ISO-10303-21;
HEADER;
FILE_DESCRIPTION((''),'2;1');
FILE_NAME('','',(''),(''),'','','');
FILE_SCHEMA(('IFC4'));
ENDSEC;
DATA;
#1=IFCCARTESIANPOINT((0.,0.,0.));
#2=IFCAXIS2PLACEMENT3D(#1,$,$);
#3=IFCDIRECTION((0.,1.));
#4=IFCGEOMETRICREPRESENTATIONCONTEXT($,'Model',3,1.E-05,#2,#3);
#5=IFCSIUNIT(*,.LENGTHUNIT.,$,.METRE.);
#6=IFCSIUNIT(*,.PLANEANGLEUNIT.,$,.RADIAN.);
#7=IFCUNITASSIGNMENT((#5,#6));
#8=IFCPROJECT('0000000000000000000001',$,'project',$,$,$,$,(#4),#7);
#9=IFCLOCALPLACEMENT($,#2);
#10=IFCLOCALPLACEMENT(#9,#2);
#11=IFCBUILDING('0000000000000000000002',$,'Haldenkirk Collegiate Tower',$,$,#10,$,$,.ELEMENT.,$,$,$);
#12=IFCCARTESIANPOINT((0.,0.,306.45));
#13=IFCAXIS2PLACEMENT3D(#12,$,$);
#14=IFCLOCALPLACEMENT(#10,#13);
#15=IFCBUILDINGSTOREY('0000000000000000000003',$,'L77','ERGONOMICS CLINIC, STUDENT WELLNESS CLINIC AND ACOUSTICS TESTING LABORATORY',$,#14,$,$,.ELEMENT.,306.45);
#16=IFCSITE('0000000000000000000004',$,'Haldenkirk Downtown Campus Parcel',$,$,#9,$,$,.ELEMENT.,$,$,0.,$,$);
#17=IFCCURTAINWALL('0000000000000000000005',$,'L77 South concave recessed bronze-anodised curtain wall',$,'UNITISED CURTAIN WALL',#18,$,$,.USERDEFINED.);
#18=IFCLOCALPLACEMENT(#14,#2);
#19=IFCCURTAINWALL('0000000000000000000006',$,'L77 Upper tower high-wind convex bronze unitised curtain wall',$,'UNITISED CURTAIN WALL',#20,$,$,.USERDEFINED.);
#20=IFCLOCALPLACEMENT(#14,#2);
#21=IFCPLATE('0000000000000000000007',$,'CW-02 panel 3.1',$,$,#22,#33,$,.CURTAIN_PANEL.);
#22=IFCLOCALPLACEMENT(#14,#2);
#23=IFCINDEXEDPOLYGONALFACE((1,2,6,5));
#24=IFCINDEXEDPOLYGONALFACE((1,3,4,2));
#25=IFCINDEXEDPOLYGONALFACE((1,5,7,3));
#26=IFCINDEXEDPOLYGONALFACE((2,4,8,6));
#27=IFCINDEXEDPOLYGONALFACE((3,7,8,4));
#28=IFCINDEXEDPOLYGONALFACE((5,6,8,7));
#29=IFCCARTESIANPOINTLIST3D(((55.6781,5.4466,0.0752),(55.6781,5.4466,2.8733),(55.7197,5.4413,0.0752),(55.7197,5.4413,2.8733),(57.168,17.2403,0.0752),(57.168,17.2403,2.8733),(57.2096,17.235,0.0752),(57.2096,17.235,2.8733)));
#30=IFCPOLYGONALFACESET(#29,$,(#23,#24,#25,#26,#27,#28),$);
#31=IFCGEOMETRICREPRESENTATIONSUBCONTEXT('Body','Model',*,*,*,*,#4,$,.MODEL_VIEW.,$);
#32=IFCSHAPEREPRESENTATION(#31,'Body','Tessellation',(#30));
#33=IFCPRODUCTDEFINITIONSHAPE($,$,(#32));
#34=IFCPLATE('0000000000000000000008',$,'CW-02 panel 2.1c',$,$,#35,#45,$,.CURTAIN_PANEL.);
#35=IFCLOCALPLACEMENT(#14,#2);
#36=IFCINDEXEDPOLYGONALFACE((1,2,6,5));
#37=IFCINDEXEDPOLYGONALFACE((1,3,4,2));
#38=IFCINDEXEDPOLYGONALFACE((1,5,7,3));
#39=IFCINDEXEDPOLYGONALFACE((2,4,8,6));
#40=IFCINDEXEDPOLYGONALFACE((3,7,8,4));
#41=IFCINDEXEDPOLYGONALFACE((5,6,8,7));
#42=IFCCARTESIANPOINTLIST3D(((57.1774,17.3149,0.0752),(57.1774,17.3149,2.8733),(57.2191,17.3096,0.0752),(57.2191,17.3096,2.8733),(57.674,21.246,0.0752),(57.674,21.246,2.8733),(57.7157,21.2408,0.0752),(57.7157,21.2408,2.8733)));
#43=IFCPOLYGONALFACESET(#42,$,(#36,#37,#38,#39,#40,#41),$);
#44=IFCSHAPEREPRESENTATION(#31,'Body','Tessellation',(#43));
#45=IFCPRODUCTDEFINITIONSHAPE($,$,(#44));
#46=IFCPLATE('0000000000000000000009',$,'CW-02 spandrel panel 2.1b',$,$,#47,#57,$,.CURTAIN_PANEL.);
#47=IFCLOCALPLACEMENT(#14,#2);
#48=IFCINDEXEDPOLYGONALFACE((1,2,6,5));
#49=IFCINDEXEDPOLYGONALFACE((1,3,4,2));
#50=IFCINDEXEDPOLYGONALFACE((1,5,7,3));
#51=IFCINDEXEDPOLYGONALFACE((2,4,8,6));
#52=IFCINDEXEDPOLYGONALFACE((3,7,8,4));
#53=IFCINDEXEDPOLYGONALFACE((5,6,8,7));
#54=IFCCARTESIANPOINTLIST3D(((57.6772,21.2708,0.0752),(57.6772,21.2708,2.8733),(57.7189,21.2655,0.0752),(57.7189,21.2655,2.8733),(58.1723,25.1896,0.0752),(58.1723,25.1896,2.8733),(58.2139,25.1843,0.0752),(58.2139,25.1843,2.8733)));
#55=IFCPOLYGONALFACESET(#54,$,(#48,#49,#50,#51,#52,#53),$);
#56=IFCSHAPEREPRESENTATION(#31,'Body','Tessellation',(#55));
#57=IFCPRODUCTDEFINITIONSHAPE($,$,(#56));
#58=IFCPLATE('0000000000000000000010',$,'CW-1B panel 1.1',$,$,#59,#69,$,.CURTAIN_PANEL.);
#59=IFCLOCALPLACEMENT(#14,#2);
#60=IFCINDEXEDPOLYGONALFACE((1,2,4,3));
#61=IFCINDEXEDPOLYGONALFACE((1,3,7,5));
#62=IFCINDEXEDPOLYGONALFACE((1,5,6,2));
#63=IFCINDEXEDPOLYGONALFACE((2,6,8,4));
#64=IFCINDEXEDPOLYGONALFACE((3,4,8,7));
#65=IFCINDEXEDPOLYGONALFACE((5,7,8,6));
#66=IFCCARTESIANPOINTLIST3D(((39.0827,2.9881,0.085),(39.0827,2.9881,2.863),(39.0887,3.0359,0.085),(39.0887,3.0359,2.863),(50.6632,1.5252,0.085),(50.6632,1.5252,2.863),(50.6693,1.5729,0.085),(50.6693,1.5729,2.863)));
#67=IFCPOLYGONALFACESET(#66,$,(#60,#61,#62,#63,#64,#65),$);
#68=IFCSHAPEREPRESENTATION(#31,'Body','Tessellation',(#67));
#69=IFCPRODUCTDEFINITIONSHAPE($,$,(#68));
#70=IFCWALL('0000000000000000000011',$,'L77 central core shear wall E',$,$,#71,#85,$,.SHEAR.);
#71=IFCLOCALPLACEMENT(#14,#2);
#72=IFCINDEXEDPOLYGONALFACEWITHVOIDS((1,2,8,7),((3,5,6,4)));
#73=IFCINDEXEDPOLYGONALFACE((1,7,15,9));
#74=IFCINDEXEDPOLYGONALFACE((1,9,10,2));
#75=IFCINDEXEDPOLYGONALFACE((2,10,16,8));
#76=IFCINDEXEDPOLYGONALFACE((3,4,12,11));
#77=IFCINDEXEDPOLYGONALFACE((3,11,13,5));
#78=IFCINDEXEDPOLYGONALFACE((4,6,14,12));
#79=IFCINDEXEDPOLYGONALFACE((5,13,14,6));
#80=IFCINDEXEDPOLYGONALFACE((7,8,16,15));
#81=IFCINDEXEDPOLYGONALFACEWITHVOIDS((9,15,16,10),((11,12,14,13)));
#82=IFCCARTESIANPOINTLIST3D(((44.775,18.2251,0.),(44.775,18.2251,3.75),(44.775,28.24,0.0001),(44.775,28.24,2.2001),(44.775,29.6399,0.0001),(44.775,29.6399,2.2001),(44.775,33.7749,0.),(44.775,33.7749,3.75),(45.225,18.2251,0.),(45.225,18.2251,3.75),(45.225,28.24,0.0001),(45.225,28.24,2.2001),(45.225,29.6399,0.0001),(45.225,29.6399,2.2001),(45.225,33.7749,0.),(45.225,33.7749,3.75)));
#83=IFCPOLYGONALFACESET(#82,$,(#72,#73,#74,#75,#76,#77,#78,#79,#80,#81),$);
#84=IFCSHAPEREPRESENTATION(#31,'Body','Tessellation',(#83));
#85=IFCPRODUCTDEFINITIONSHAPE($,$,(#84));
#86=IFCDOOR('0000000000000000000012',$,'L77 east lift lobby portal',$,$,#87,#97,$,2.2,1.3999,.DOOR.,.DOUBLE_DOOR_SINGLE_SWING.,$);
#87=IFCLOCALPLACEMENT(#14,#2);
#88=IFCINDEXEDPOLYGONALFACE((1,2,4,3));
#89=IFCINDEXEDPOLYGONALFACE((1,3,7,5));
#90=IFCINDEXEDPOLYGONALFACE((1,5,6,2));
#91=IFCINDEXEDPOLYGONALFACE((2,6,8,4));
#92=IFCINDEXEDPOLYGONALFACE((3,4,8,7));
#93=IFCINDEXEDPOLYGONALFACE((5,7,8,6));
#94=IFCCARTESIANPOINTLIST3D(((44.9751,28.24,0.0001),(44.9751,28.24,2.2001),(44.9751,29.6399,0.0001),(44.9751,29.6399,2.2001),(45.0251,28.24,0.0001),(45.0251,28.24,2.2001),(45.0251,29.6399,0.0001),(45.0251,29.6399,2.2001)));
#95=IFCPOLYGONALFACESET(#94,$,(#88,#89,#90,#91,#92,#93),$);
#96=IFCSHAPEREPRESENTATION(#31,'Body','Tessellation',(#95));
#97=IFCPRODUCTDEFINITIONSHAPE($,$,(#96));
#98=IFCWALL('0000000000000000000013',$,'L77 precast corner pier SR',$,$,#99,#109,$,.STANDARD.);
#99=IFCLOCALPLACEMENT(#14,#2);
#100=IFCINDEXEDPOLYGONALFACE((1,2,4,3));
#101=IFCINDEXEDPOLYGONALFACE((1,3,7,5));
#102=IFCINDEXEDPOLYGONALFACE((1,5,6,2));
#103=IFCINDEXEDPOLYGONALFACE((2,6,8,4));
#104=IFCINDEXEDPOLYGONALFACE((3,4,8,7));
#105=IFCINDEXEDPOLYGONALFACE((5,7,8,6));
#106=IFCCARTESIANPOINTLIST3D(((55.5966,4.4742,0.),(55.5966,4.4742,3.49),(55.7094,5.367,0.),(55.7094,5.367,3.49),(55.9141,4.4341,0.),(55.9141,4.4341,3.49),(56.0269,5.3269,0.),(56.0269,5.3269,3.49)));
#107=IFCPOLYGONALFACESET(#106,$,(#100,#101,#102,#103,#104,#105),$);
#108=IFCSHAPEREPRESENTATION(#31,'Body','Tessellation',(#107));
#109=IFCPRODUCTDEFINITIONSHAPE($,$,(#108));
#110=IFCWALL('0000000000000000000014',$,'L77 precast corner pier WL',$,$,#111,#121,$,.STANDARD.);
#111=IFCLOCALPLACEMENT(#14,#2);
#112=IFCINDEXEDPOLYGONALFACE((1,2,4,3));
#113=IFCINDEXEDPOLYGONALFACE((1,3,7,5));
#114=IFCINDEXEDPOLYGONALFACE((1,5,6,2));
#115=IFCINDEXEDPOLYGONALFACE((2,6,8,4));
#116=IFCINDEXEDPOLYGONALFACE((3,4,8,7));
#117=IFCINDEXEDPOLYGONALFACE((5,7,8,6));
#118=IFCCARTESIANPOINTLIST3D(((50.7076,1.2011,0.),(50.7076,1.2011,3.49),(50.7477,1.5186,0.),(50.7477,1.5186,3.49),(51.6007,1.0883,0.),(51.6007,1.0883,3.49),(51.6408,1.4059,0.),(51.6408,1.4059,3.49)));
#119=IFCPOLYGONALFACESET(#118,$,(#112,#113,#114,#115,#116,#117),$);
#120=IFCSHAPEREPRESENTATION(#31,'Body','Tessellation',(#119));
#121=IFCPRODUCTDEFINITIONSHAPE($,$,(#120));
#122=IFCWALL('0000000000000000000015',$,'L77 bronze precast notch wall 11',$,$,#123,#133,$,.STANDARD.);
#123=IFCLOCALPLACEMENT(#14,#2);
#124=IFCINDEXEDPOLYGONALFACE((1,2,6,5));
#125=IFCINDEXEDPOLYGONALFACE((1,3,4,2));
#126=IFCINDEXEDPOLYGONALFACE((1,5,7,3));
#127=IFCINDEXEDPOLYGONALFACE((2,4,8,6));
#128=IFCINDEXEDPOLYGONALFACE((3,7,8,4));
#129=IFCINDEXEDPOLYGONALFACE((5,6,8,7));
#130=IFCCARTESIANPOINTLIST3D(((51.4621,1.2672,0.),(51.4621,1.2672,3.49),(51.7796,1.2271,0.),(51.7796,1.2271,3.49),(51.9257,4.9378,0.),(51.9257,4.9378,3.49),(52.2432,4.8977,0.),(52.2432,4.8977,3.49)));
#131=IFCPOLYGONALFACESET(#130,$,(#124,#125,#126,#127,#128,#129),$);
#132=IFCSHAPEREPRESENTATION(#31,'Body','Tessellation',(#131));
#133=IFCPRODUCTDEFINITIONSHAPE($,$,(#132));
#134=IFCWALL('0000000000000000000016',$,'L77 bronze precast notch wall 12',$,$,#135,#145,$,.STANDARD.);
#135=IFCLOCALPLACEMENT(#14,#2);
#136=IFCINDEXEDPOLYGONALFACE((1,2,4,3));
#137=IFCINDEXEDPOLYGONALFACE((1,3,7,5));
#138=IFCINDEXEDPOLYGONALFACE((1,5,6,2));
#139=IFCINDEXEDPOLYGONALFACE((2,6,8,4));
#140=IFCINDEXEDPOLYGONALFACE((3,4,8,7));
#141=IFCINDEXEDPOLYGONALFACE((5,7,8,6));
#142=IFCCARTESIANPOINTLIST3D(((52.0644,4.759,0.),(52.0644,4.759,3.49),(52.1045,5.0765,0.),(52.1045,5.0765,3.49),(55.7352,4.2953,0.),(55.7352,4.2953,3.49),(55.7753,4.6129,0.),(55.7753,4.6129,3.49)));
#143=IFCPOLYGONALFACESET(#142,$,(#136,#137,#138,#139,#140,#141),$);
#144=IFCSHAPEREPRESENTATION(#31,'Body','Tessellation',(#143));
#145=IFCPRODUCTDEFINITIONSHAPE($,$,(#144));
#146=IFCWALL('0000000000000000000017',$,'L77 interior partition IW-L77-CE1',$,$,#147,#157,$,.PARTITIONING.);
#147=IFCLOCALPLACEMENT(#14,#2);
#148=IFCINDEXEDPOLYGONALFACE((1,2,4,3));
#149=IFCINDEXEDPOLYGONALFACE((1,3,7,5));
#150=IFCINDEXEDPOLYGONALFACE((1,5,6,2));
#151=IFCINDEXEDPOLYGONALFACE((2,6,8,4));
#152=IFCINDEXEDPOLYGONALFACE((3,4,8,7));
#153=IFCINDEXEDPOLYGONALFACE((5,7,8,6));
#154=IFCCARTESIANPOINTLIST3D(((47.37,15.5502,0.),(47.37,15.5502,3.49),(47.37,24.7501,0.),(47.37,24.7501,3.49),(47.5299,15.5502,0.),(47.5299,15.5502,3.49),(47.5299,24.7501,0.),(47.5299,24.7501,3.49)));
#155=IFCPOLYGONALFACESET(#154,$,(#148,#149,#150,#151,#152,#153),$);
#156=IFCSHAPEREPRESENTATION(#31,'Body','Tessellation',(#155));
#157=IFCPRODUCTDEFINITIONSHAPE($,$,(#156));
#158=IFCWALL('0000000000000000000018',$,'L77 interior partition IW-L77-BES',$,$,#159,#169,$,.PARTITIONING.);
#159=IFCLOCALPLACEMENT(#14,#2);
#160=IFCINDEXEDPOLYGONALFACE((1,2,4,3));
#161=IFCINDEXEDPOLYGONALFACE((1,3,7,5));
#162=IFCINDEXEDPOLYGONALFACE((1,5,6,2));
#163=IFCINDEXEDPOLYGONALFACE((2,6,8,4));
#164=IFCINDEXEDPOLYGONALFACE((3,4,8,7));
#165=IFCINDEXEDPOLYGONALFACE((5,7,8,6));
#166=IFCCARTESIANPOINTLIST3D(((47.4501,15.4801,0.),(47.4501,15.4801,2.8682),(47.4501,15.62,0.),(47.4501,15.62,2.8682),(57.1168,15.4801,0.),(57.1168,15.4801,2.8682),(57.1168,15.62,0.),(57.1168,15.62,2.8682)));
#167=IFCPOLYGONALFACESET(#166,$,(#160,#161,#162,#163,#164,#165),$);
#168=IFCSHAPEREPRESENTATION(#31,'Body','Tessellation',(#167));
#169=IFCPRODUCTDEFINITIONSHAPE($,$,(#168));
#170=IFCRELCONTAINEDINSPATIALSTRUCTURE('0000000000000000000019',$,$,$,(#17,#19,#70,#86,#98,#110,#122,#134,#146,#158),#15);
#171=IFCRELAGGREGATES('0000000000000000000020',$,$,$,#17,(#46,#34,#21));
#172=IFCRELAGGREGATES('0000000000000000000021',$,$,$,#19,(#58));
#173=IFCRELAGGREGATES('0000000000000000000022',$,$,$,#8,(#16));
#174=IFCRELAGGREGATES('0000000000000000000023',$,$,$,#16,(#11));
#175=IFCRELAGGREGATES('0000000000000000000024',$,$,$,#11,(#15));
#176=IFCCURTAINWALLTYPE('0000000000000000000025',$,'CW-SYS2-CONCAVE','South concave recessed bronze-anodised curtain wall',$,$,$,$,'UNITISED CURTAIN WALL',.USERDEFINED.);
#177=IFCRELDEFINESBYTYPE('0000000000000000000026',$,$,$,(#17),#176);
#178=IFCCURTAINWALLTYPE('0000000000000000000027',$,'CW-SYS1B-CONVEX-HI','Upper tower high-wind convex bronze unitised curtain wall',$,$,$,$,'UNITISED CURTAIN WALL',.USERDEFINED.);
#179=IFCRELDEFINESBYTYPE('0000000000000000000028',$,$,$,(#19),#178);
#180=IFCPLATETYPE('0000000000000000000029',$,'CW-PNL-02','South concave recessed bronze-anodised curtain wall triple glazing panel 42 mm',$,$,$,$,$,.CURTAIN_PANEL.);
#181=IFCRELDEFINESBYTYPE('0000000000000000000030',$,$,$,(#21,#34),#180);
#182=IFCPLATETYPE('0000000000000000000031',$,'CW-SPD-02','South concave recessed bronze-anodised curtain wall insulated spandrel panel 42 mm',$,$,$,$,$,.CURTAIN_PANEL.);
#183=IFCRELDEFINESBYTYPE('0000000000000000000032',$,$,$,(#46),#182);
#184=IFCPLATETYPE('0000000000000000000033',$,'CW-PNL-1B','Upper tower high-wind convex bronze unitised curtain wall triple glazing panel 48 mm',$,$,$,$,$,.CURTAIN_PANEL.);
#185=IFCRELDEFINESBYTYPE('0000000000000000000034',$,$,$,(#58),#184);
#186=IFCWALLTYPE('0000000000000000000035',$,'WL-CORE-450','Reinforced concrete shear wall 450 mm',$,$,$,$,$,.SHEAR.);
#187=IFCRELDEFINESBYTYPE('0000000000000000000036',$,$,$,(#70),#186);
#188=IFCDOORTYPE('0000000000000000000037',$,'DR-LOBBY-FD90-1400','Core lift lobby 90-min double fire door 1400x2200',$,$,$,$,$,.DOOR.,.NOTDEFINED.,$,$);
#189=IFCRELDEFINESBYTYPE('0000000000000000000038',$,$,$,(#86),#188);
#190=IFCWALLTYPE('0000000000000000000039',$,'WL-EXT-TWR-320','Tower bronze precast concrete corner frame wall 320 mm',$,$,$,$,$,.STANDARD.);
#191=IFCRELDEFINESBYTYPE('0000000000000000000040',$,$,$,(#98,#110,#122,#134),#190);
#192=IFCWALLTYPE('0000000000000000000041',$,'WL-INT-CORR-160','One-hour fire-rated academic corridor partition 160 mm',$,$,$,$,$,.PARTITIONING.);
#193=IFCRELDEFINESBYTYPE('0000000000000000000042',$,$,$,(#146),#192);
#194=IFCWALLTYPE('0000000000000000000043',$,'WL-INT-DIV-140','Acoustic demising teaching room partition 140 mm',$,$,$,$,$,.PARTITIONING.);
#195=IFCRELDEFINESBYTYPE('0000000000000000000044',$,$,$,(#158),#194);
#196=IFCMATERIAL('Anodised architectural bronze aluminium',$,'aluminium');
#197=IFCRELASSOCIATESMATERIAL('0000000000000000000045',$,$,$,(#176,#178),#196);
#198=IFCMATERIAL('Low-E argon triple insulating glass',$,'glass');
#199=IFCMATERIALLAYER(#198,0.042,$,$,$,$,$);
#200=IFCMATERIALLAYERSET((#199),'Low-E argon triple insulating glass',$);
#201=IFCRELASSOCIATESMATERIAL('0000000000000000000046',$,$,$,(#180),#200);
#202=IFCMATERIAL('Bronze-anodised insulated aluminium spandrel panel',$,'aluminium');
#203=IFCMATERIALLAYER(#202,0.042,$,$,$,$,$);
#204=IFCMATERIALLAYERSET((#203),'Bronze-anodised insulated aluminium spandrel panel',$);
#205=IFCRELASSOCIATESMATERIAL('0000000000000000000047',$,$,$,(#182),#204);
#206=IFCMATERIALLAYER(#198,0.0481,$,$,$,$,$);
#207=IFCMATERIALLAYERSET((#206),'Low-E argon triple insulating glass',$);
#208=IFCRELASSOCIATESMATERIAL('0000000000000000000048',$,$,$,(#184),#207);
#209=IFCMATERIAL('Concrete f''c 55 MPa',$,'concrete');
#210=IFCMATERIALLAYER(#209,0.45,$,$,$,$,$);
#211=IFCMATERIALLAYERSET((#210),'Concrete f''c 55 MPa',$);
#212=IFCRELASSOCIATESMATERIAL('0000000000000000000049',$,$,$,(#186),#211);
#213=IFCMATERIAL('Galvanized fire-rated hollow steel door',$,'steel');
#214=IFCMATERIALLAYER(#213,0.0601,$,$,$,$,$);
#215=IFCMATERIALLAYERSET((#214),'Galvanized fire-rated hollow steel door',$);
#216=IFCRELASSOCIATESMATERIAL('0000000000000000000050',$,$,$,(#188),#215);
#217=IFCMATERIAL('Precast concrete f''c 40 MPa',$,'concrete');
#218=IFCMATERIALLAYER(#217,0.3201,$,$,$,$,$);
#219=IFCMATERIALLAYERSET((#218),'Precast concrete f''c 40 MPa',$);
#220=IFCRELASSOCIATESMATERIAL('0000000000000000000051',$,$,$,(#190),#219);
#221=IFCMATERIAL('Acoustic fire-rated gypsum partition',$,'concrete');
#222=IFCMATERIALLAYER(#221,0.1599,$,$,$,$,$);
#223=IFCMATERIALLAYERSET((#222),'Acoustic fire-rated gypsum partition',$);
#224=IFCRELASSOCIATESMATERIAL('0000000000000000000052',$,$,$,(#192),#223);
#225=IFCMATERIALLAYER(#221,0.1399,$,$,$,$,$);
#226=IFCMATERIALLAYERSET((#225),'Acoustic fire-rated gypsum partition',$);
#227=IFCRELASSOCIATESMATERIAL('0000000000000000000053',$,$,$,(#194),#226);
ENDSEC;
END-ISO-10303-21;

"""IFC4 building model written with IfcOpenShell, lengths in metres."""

from ifc_helpers import new_model, si_unit, direction, frame, frame_2d, origin, origin_2d, place, context, subcontext, project, spatial, rectangle, extrude, source, transform, mapped, material, layer, layer_set, type_object, element, fill, aggregate, save


model = new_model("IFC4")

# Units and contexts
model_context = context("Model", 3, precision=1e-05, world=origin(), true_north=direction((0.0, 1.0)))
body_context = subcontext(model_context, "Body", "Model", "MODEL_VIEW")
ifc_project = project(units=[si_unit("LENGTHUNIT", "METRE"), si_unit("PLANEANGLEUNIT", "RADIAN")], contexts=[model_context])

# Site, building, storey
site_placement = place(None, origin())
site = spatial("IfcSite", under=ifc_project, at=site_placement, Name="Haldenkirk Downtown Campus Parcel", CompositionType="ELEMENT", RefElevation=0.0)
building_placement = place(site_placement, origin())
building = spatial("IfcBuilding", under=site, at=building_placement, Name="Haldenkirk Collegiate Tower", CompositionType="ELEMENT")
storey_placement = place(building_placement, frame((0.0, 0.0, 306.45)))
storey = spatial("IfcBuildingStorey", under=building, at=storey_placement, Name="L77", Description="ERGONOMICS CLINIC, STUDENT WELLNESS CLINIC AND ACOUSTICS TESTING LABORATORY", CompositionType="ELEMENT", Elevation=306.45)

# Curtain wall
ifc_material_1 = material(Name="Anodised architectural bronze aluminium", Category="aluminium")
curtain_wall_type_1 = type_object("IfcCurtainWallType", Name="CW-SYS2-CONCAVE", Description="South concave recessed bronze-anodised curtain wall", ElementType="UNITISED CURTAIN WALL", PredefinedType="USERDEFINED", material=ifc_material_1)
curtain_wall_1_placement = place(storey_placement, origin())
curtain_wall_1 = element("IfcCurtainWall", 1, at=curtain_wall_1_placement, inside=storey, type_object=curtain_wall_type_1, Name="L77 South concave recessed bronze-anodised curtain wall", ObjectType="UNITISED CURTAIN WALL", PredefinedType="USERDEFINED")

# Curtain wall
curtain_wall_type_2 = type_object("IfcCurtainWallType", Name="CW-SYS1B-CONVEX-HI", Description="Upper tower high-wind convex bronze unitised curtain wall", ElementType="UNITISED CURTAIN WALL", PredefinedType="USERDEFINED", material=ifc_material_1)
curtain_wall_2_placement = place(storey_placement, origin())
curtain_wall_2 = element("IfcCurtainWall", 2, at=curtain_wall_2_placement, inside=storey, type_object=curtain_wall_type_2, Name="L77 Upper tower high-wind convex bronze unitised curtain wall", ObjectType="UNITISED CURTAIN WALL", PredefinedType="USERDEFINED")

# Plates
ifc_material_2 = material(Name="Low-E argon triple insulating glass", Category="glass")
ifc_layer_1 = layer(ifc_material_2, 0.042)
ifc_layer_set_1 = layer_set([ifc_layer_1], Name="Low-E argon triple insulating glass")
plate_type_1 = type_object("IfcPlateType", Name="CW-PNL-02", Description="South concave recessed bronze-anodised curtain wall triple glazing panel 42 mm", PredefinedType="CURTAIN_PANEL", material=ifc_layer_set_1)
shared_shape_1 = source(origin(), body_context, "Body", "SweptSolid", [
    extrude(rectangle(XDim=11.8875, YDim=0.042, at=origin_2d()), origin(), (0.0, 0.0, 1.0), 2.7981),
])
plate_1_placement = place(storey_placement, frame((56.4438, 11.3408, 0.0752), z_axis=(0.0, 0.0, 1.0), x_axis=(-0.125333, -0.992115, 0.0)))
plate_1 = element("IfcPlate", 3, at=plate_1_placement, type_object=plate_type_1, Name="CW-02 panel 3.1", PredefinedType="CURTAIN_PANEL", context=body_context, shape_type="MappedRepresentation", body=[
    mapped(shared_shape_1, transform((0.0, 0.0, 0.0), x_axis=(1.0, 0.0, 0.0), y_axis=(0.0, 1.0, 0.0), z_axis=(0.0, 0.0, 1.0), scale=1.0)),
])
shared_shape_2 = source(origin(), body_context, "Body", "SweptSolid", [
    extrude(rectangle(XDim=3.9624, YDim=0.042, at=origin_2d()), origin(), (0.0, 0.0, 1.0), 2.7981),
])
plate_2_placement = place(storey_placement, frame((57.4465, 19.2778, 0.0752), z_axis=(0.0, 0.0, 1.0), x_axis=(-0.125333, -0.992115, 0.0)))
plate_2 = element("IfcPlate", 4, at=plate_2_placement, type_object=plate_type_1, Name="CW-02 panel 2.1c", PredefinedType="CURTAIN_PANEL", context=body_context, shape_type="MappedRepresentation", body=[
    mapped(shared_shape_2, transform((0.0, 0.0, 0.0), x_axis=(1.0, 0.0, 0.0), y_axis=(0.0, 1.0, 0.0), z_axis=(0.0, 0.0, 1.0), scale=1.0)),
])
ifc_material_3 = material(Name="Bronze-anodised insulated aluminium spandrel panel", Category="aluminium")
ifc_layer_2 = layer(ifc_material_3, 0.042)
ifc_layer_set_2 = layer_set([ifc_layer_2], Name="Bronze-anodised insulated aluminium spandrel panel")
plate_type_2 = type_object("IfcPlateType", Name="CW-SPD-02", Description="South concave recessed bronze-anodised curtain wall insulated spandrel panel 42 mm", PredefinedType="CURTAIN_PANEL", material=ifc_layer_set_2)
shared_shape_3 = source(origin(), body_context, "Body", "SweptSolid", [
    extrude(rectangle(XDim=3.95, YDim=0.042, at=origin_2d()), origin(), (0.0, 0.0, 1.0), 2.7981),
])
plate_3_placement = place(storey_placement, frame((57.9456, 23.2275, 0.0752), z_axis=(0.0, 0.0, 1.0), x_axis=(-0.125333, -0.992115, 0.0)))
plate_3 = element("IfcPlate", 5, at=plate_3_placement, type_object=plate_type_2, Name="CW-02 spandrel panel 2.1b", PredefinedType="CURTAIN_PANEL", context=body_context, shape_type="MappedRepresentation", body=[
    mapped(shared_shape_3, transform((0.0, 0.0, 0.0), x_axis=(1.0, 0.0, 0.0), y_axis=(0.0, 1.0, 0.0), z_axis=(0.0, 0.0, 1.0), scale=1.0)),
])
aggregate(curtain_wall_1, [plate_3, plate_2, plate_1])
ifc_layer_3 = layer(ifc_material_2, 0.0481)
ifc_layer_set_3 = layer_set([ifc_layer_3], Name="Low-E argon triple insulating glass")
plate_type_3 = type_object("IfcPlateType", Name="CW-PNL-1B", Description="Upper tower high-wind convex bronze unitised curtain wall triple glazing panel 48 mm", PredefinedType="CURTAIN_PANEL", material=ifc_layer_set_3)
shared_shape_4 = source(origin(), body_context, "Body", "SweptSolid", [
    extrude(rectangle(XDim=11.6726, YDim=0.0481, at=origin_2d()), origin(), (0.0, 0.0, 1.0), 2.7781),
])
plate_4_placement = place(storey_placement, frame((44.876, 2.2805, 0.085), z_axis=(0.0, 0.0, 1.0), x_axis=(-0.992115, 0.125333, 0.0)))
plate_4 = element("IfcPlate", 6, at=plate_4_placement, type_object=plate_type_3, Name="CW-1B panel 1.1", PredefinedType="CURTAIN_PANEL", context=body_context, shape_type="MappedRepresentation", body=[
    mapped(shared_shape_4, transform((0.0, 0.0, 0.0), x_axis=(1.0, 0.0, 0.0), y_axis=(0.0, 1.0, 0.0), z_axis=(0.0, 0.0, 1.0), scale=1.0)),
])
aggregate(curtain_wall_2, [plate_4])

# Wall, opening, door
ifc_material_4 = material(Name="Concrete f'c 55 MPa", Category="concrete")
ifc_layer_4 = layer(ifc_material_4, 0.45)
ifc_layer_set_4 = layer_set([ifc_layer_4], Name="Concrete f'c 55 MPa")
wall_type_1 = type_object("IfcWallType", Name="WL-CORE-450", Description="Reinforced concrete shear wall 450 mm", PredefinedType="SHEAR", material=ifc_layer_set_4)
wall_1_placement = place(storey_placement, frame((45.0, 18.2251, 0.0), z_axis=(0.0, 0.0, 1.0), x_axis=(0.0, 1.0, 0.0)))
wall_1 = element("IfcWall", 7, at=wall_1_placement, inside=storey, type_object=wall_type_1, Name="L77 central core shear wall E", PredefinedType="SHEAR", context=body_context, shape_type="SweptSolid", body=[
    extrude(rectangle(XDim=15.5498, YDim=0.45, at=frame_2d((7.7749, 0.0))), origin(), (0.0, 0.0, 1.0), 3.75),
])
opening_placement = place(wall_1_placement, frame((10.0149, 0.0, 0.0)))
opening = element("IfcOpeningElement", 8, at=opening_placement, cuts=wall_1, PredefinedType="OPENING", context=body_context, shape_type="SweptSolid", body=[
    extrude(rectangle(XDim=1.3999, YDim=2.2, at=frame_2d((0.7, 1.1001))), frame((0.0, 0.2349, 0.0), z_axis=(0.0, -1.0, 0.0), x_axis=(1.0, 0.0, 0.0)), (0.0, 0.0, 1.0), 0.47),
])
ifc_material_5 = material(Name="Galvanized fire-rated hollow steel door", Category="steel")
ifc_layer_5 = layer(ifc_material_5, 0.0601)
ifc_layer_set_5 = layer_set([ifc_layer_5], Name="Galvanized fire-rated hollow steel door")
door_type = type_object("IfcDoorType", Name="DR-LOBBY-FD90-1400", Description="Core lift lobby 90-min double fire door 1400x2200", OperationType="NOTDEFINED", PredefinedType="DOOR", material=ifc_layer_set_5)
door_placement = place(opening_placement, origin())
door = element("IfcDoor", 9, at=door_placement, inside=storey, type_object=door_type, Name="L77 east lift lobby portal", OperationType="DOUBLE_DOOR_SINGLE_SWING", OverallHeight=2.2, OverallWidth=1.3999, PredefinedType="DOOR", context=body_context, shape_type="SweptSolid", body=[
    extrude(rectangle(XDim=1.3999, YDim=2.2, at=frame_2d((0.7, 1.1001))), frame((0.0, 0.0249, 0.0), z_axis=(0.0, -1.0, 0.0), x_axis=(1.0, 0.0, 0.0)), (0.0, 0.0, 1.0), 0.05),
])
fill(opening, door)

# Walls
ifc_material_6 = material(Name="Precast concrete f'c 40 MPa", Category="concrete")
ifc_layer_6 = layer(ifc_material_6, 0.3201)
ifc_layer_set_6 = layer_set([ifc_layer_6], Name="Precast concrete f'c 40 MPa")
wall_type_2 = type_object("IfcWallType", Name="WL-EXT-TWR-320", Description="Tower bronze precast concrete corner frame wall 320 mm", PredefinedType="STANDARD", material=ifc_layer_set_6)
wall_2_placement = place(storey_placement, frame((55.8682, 5.3469, 0.0), z_axis=(0.0, 0.0, 1.0), x_axis=(-0.125337, -0.992114, 0.0)))
element("IfcWall", 10, at=wall_2_placement, inside=storey, type_object=wall_type_2, Name="L77 precast corner pier SR", PredefinedType="STANDARD", context=body_context, shape_type="SweptSolid", body=[
    extrude(rectangle(XDim=0.8999, YDim=0.3201, at=frame_2d((0.45, 0.0))), origin(), (0.0, 0.0, 1.0), 3.49),
])
wall_3_placement = place(storey_placement, frame((51.6208, 1.2471, 0.0), z_axis=(0.0, 0.0, 1.0), x_axis=(-0.992119, 0.125303, 0.0)))
element("IfcWall", 11, at=wall_3_placement, inside=storey, type_object=wall_type_2, Name="L77 precast corner pier WL", PredefinedType="STANDARD", context=body_context, shape_type="SweptSolid", body=[
    extrude(rectangle(XDim=0.9001, YDim=0.3201, at=frame_2d((0.4502, 0.0))), origin(), (0.0, 0.0, 1.0), 3.49),
])
wall_4_placement = place(storey_placement, frame((52.0845, 4.9177, 0.0), z_axis=(0.0, 0.0, 1.0), x_axis=(-0.12531, -0.992118, 0.0)))
element("IfcWall", 12, at=wall_4_placement, inside=storey, type_object=wall_type_2, Name="L77 bronze precast notch wall 11", PredefinedType="STANDARD", context=body_context, shape_type="SweptSolid", body=[
    extrude(rectangle(XDim=3.6997, YDim=0.3201, at=frame_2d((1.8499, 0.0))), origin(), (0.0, 0.0, 1.0), 3.49),
])
wall_5_placement = place(storey_placement, frame((55.7554, 4.4541, 0.0), z_axis=(0.0, 0.0, 1.0), x_axis=(-0.992119, 0.125302, 0.0)))
element("IfcWall", 13, at=wall_5_placement, inside=storey, type_object=wall_type_2, Name="L77 bronze precast notch wall 12", PredefinedType="STANDARD", context=body_context, shape_type="SweptSolid", body=[
    extrude(rectangle(XDim=3.7, YDim=0.3201, at=frame_2d((1.8501, 0.0))), origin(), (0.0, 0.0, 1.0), 3.49),
])
ifc_material_7 = material(Name="Acoustic fire-rated gypsum partition", Category="concrete")
ifc_layer_7 = layer(ifc_material_7, 0.1599)
ifc_layer_set_7 = layer_set([ifc_layer_7], Name="Acoustic fire-rated gypsum partition")
wall_type_3 = type_object("IfcWallType", Name="WL-INT-CORR-160", Description="One-hour fire-rated academic corridor partition 160 mm", PredefinedType="PARTITIONING", material=ifc_layer_set_7)
wall_6_placement = place(storey_placement, frame((47.45, 15.55, 0.0), z_axis=(0.0, 0.0, 1.0), x_axis=(0.0, 1.0, 0.0)))
element("IfcWall", 14, at=wall_6_placement, inside=storey, type_object=wall_type_3, Name="L77 interior partition IW-L77-CE1", PredefinedType="PARTITIONING", context=body_context, shape_type="SweptSolid", body=[
    extrude(rectangle(XDim=9.2, YDim=0.1599, at=frame_2d((4.6001, 0.0))), origin(), (0.0, 0.0, 1.0), 3.49),
])
ifc_layer_8 = layer(ifc_material_7, 0.1399)
ifc_layer_set_8 = layer_set([ifc_layer_8], Name="Acoustic fire-rated gypsum partition")
wall_type_4 = type_object("IfcWallType", Name="WL-INT-DIV-140", Description="Acoustic demising teaching room partition 140 mm", PredefinedType="PARTITIONING", material=ifc_layer_set_8)
wall_7_placement = place(storey_placement, frame((47.45, 15.55, 0.0), z_axis=(0.0, 0.0, 1.0), x_axis=(1.0, 0.0, 0.0)))
element("IfcWall", 15, at=wall_7_placement, inside=storey, type_object=wall_type_4, Name="L77 interior partition IW-L77-BES", PredefinedType="PARTITIONING", context=body_context, shape_type="SweptSolid", body=[
    extrude(rectangle(XDim=9.6667, YDim=0.1399, at=frame_2d((4.8335, 0.0))), origin(), (0.0, 0.0, 1.0), 2.8682),
])

save(model, "model.ifc")
